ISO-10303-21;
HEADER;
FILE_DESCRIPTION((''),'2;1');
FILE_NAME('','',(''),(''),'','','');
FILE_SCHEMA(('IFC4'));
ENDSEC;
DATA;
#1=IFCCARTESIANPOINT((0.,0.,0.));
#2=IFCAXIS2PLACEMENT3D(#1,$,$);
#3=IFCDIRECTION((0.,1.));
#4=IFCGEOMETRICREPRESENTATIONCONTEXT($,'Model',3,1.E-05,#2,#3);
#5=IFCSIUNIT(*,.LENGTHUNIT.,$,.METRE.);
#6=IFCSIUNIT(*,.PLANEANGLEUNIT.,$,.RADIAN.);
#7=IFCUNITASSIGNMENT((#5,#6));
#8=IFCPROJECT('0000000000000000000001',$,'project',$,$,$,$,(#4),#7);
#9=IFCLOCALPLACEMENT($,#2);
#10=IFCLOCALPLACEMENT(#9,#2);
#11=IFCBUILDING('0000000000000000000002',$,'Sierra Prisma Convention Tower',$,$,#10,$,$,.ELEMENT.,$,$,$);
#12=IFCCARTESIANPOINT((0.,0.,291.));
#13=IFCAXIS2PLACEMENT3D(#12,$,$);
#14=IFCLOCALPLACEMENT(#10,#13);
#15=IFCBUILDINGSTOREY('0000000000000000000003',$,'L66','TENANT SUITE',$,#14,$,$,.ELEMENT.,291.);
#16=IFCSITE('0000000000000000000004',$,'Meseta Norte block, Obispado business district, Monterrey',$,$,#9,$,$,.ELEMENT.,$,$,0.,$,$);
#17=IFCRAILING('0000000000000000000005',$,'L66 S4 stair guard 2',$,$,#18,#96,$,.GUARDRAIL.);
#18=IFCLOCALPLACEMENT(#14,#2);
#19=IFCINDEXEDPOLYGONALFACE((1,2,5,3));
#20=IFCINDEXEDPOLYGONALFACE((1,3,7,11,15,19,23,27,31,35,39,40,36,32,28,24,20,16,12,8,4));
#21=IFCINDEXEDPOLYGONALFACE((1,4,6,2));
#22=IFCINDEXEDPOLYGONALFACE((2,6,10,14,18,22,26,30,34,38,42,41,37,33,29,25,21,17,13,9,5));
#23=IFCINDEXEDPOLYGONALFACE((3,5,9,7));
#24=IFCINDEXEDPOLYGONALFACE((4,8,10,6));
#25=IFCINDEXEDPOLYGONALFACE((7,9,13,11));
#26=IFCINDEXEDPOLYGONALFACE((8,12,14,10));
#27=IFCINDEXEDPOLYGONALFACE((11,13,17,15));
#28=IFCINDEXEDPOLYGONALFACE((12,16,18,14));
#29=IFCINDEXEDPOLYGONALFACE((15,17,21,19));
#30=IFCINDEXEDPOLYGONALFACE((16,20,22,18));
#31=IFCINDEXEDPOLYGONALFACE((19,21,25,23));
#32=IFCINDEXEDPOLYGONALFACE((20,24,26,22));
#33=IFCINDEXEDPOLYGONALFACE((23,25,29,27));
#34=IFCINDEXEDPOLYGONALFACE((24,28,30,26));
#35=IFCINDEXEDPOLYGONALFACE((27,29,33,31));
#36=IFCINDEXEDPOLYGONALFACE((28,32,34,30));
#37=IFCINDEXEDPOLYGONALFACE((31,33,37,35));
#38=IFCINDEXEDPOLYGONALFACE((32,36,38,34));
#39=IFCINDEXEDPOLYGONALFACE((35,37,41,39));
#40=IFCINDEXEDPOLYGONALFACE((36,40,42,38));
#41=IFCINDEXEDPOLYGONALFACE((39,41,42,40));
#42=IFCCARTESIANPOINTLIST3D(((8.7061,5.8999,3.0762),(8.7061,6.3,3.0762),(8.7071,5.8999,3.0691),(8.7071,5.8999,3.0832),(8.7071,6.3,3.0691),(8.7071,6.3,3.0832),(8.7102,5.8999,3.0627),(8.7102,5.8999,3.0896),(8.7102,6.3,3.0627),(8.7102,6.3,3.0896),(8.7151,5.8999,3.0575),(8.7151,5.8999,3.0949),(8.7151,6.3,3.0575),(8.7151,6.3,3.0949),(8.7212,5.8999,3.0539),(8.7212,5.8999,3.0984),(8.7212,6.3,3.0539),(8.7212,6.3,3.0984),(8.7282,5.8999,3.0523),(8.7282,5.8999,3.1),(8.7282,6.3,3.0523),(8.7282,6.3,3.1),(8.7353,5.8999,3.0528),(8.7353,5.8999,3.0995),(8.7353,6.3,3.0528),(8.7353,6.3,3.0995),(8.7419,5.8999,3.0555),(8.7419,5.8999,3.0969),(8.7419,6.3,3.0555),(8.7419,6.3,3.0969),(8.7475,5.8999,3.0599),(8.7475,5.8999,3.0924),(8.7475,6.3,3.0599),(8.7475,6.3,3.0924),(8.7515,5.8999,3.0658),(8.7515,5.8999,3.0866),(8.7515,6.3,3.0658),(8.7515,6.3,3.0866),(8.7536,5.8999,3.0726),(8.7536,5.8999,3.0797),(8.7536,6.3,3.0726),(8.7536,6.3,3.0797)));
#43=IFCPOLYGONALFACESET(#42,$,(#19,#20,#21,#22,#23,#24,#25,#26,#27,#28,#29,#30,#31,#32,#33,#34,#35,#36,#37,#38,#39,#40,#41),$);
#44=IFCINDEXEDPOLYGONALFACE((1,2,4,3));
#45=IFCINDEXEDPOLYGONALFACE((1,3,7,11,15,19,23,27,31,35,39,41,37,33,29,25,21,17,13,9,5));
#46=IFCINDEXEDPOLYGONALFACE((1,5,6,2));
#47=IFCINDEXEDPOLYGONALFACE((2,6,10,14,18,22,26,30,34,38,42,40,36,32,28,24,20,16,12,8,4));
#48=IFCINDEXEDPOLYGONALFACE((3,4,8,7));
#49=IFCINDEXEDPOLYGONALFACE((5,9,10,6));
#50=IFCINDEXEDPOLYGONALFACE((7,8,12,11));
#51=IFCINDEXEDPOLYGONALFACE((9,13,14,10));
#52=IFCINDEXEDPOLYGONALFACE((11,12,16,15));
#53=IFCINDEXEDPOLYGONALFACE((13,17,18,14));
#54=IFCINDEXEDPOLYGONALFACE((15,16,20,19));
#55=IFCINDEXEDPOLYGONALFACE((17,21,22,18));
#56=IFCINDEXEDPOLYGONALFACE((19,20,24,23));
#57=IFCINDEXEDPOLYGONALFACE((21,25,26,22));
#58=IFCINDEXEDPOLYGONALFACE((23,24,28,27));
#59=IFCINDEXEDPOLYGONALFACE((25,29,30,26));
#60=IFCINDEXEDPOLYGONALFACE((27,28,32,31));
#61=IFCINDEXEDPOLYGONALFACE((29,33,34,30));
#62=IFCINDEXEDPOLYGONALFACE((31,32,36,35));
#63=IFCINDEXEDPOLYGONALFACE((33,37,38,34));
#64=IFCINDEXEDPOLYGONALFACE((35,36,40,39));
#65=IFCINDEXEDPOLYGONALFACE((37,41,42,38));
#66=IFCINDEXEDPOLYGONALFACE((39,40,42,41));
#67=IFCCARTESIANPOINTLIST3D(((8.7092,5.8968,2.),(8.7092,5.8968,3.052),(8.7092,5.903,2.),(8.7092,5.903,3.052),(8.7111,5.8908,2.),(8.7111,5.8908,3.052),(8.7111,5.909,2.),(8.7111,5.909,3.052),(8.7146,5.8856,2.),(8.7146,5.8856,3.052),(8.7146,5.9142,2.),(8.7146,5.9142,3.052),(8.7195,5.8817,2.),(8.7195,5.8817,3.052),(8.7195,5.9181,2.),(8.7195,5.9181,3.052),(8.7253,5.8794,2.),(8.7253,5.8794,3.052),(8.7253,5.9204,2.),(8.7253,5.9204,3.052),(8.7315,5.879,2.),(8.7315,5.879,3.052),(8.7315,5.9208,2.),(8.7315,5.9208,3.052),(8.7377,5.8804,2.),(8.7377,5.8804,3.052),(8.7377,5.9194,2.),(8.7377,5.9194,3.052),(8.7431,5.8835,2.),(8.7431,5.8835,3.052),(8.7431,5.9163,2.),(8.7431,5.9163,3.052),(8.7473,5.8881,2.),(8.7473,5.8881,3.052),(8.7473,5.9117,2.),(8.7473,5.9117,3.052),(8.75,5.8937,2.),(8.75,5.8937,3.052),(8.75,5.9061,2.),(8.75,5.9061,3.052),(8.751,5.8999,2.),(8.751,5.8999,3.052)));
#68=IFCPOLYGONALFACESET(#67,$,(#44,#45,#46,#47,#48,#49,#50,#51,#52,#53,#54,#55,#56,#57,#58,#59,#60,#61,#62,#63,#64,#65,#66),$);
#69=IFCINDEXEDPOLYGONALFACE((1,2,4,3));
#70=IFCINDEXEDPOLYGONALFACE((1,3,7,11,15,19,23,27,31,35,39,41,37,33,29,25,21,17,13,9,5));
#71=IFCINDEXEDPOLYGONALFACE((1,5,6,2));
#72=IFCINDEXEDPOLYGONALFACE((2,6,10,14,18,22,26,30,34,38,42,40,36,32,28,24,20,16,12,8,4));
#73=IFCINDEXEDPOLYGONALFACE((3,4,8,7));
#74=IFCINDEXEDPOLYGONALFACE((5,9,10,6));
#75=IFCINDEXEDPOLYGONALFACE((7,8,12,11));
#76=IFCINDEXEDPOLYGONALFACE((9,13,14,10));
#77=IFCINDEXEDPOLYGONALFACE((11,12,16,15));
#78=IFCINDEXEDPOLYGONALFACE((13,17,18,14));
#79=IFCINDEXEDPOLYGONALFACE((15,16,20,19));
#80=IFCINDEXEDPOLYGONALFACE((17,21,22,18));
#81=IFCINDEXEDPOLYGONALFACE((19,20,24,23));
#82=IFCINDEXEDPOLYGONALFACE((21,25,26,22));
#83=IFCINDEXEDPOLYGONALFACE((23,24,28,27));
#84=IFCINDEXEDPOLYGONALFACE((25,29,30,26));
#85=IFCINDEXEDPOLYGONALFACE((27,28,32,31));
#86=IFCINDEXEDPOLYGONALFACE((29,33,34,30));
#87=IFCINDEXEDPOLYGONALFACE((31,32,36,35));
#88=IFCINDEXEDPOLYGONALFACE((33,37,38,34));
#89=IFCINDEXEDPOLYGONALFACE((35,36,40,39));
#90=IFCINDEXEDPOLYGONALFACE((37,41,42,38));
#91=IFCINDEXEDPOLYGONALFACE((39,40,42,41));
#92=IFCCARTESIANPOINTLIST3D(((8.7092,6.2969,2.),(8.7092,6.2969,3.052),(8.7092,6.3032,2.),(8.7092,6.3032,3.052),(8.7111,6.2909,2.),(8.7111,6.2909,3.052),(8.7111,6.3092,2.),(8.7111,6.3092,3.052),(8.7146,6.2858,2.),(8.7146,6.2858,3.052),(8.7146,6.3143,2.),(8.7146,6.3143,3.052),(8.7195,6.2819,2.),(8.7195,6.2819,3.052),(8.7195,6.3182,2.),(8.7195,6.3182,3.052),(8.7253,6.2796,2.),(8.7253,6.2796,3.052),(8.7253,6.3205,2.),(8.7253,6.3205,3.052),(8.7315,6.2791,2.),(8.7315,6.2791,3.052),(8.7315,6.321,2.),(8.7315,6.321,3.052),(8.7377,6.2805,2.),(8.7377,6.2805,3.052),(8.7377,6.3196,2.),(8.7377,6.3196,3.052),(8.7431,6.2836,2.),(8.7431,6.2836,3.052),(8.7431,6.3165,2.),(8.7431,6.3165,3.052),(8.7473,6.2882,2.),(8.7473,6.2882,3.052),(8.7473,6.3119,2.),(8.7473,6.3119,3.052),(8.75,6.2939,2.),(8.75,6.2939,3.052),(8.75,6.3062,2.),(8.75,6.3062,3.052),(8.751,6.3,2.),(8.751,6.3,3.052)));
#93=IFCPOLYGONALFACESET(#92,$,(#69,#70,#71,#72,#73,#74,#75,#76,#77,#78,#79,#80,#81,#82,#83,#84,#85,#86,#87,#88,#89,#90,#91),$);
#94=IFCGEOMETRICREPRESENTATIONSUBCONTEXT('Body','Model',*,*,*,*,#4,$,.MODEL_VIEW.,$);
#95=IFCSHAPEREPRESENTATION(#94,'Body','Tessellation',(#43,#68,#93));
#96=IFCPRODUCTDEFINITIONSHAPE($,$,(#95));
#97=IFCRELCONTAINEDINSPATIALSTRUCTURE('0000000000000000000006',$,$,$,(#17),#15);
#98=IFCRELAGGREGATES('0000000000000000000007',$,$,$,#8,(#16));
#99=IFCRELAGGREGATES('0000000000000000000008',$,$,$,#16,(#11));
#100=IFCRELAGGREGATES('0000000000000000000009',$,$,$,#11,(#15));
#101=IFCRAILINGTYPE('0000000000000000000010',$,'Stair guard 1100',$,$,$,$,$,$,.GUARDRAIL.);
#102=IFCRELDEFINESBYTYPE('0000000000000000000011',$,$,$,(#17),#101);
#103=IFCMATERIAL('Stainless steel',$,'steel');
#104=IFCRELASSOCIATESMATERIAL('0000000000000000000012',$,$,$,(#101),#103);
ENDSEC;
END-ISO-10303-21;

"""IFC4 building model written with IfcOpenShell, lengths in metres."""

from ifc_helpers import new_model, si_unit, direction, frame, origin, origin_2d, place, context, subcontext, project, spatial, circle, extrude, material, type_object, element, save


model = new_model("IFC4")

# Units and contexts
model_context = context("Model", 3, precision=1e-05, world=origin(), true_north=direction((0.0, 1.0)))
body_context = subcontext(model_context, "Body", "Model", "MODEL_VIEW")
ifc_project = project(units=[si_unit("LENGTHUNIT", "METRE"), si_unit("PLANEANGLEUNIT", "RADIAN")], contexts=[model_context])

# Site, building, storey
site_placement = place(None, origin())
site = spatial("IfcSite", under=ifc_project, at=site_placement, Name="Meseta Norte block, Obispado business district, Monterrey", CompositionType="ELEMENT", RefElevation=0.0)
building_placement = place(site_placement, origin())
building = spatial("IfcBuilding", under=site, at=building_placement, Name="Sierra Prisma Convention Tower", CompositionType="ELEMENT")
storey_placement = place(building_placement, frame((0.0, 0.0, 291.0)))
storey = spatial("IfcBuildingStorey", under=building, at=storey_placement, Name="L66", Description="TENANT SUITE", CompositionType="ELEMENT", Elevation=291.0)

# Railing
ifc_material_1 = material(Name="Stainless steel", Category="steel")
railing_type_1 = type_object("IfcRailingType", Name="Stair guard 1100", PredefinedType="GUARDRAIL", material=ifc_material_1)
railing_1_placement = place(storey_placement, frame((8.73, 5.8999, 2.0)))
element("IfcRailing", 1, at=railing_1_placement, inside=storey, type_object=railing_type_1, Name="L66 S4 stair guard 2", PredefinedType="GUARDRAIL", context=body_context, shape_type="SweptSolid", body=[
    extrude(circle(Radius=0.0239, at=origin_2d()), frame((0.0, 0.0, 1.0762), z_axis=(0.0, 1.0, 0.0), x_axis=(-1.0, 0.0, 0.0)), (0.0, 0.0, 1.0), 0.4001),
    extrude(circle(Radius=0.021, at=origin_2d()), origin(), (0.0, 0.0, 1.0), 1.052),
    extrude(circle(Radius=0.021, at=origin_2d()), frame((0.0, 0.4001, 0.0)), (0.0, 0.0, 1.0), 1.052),
])

save(model, "model.ifc")
